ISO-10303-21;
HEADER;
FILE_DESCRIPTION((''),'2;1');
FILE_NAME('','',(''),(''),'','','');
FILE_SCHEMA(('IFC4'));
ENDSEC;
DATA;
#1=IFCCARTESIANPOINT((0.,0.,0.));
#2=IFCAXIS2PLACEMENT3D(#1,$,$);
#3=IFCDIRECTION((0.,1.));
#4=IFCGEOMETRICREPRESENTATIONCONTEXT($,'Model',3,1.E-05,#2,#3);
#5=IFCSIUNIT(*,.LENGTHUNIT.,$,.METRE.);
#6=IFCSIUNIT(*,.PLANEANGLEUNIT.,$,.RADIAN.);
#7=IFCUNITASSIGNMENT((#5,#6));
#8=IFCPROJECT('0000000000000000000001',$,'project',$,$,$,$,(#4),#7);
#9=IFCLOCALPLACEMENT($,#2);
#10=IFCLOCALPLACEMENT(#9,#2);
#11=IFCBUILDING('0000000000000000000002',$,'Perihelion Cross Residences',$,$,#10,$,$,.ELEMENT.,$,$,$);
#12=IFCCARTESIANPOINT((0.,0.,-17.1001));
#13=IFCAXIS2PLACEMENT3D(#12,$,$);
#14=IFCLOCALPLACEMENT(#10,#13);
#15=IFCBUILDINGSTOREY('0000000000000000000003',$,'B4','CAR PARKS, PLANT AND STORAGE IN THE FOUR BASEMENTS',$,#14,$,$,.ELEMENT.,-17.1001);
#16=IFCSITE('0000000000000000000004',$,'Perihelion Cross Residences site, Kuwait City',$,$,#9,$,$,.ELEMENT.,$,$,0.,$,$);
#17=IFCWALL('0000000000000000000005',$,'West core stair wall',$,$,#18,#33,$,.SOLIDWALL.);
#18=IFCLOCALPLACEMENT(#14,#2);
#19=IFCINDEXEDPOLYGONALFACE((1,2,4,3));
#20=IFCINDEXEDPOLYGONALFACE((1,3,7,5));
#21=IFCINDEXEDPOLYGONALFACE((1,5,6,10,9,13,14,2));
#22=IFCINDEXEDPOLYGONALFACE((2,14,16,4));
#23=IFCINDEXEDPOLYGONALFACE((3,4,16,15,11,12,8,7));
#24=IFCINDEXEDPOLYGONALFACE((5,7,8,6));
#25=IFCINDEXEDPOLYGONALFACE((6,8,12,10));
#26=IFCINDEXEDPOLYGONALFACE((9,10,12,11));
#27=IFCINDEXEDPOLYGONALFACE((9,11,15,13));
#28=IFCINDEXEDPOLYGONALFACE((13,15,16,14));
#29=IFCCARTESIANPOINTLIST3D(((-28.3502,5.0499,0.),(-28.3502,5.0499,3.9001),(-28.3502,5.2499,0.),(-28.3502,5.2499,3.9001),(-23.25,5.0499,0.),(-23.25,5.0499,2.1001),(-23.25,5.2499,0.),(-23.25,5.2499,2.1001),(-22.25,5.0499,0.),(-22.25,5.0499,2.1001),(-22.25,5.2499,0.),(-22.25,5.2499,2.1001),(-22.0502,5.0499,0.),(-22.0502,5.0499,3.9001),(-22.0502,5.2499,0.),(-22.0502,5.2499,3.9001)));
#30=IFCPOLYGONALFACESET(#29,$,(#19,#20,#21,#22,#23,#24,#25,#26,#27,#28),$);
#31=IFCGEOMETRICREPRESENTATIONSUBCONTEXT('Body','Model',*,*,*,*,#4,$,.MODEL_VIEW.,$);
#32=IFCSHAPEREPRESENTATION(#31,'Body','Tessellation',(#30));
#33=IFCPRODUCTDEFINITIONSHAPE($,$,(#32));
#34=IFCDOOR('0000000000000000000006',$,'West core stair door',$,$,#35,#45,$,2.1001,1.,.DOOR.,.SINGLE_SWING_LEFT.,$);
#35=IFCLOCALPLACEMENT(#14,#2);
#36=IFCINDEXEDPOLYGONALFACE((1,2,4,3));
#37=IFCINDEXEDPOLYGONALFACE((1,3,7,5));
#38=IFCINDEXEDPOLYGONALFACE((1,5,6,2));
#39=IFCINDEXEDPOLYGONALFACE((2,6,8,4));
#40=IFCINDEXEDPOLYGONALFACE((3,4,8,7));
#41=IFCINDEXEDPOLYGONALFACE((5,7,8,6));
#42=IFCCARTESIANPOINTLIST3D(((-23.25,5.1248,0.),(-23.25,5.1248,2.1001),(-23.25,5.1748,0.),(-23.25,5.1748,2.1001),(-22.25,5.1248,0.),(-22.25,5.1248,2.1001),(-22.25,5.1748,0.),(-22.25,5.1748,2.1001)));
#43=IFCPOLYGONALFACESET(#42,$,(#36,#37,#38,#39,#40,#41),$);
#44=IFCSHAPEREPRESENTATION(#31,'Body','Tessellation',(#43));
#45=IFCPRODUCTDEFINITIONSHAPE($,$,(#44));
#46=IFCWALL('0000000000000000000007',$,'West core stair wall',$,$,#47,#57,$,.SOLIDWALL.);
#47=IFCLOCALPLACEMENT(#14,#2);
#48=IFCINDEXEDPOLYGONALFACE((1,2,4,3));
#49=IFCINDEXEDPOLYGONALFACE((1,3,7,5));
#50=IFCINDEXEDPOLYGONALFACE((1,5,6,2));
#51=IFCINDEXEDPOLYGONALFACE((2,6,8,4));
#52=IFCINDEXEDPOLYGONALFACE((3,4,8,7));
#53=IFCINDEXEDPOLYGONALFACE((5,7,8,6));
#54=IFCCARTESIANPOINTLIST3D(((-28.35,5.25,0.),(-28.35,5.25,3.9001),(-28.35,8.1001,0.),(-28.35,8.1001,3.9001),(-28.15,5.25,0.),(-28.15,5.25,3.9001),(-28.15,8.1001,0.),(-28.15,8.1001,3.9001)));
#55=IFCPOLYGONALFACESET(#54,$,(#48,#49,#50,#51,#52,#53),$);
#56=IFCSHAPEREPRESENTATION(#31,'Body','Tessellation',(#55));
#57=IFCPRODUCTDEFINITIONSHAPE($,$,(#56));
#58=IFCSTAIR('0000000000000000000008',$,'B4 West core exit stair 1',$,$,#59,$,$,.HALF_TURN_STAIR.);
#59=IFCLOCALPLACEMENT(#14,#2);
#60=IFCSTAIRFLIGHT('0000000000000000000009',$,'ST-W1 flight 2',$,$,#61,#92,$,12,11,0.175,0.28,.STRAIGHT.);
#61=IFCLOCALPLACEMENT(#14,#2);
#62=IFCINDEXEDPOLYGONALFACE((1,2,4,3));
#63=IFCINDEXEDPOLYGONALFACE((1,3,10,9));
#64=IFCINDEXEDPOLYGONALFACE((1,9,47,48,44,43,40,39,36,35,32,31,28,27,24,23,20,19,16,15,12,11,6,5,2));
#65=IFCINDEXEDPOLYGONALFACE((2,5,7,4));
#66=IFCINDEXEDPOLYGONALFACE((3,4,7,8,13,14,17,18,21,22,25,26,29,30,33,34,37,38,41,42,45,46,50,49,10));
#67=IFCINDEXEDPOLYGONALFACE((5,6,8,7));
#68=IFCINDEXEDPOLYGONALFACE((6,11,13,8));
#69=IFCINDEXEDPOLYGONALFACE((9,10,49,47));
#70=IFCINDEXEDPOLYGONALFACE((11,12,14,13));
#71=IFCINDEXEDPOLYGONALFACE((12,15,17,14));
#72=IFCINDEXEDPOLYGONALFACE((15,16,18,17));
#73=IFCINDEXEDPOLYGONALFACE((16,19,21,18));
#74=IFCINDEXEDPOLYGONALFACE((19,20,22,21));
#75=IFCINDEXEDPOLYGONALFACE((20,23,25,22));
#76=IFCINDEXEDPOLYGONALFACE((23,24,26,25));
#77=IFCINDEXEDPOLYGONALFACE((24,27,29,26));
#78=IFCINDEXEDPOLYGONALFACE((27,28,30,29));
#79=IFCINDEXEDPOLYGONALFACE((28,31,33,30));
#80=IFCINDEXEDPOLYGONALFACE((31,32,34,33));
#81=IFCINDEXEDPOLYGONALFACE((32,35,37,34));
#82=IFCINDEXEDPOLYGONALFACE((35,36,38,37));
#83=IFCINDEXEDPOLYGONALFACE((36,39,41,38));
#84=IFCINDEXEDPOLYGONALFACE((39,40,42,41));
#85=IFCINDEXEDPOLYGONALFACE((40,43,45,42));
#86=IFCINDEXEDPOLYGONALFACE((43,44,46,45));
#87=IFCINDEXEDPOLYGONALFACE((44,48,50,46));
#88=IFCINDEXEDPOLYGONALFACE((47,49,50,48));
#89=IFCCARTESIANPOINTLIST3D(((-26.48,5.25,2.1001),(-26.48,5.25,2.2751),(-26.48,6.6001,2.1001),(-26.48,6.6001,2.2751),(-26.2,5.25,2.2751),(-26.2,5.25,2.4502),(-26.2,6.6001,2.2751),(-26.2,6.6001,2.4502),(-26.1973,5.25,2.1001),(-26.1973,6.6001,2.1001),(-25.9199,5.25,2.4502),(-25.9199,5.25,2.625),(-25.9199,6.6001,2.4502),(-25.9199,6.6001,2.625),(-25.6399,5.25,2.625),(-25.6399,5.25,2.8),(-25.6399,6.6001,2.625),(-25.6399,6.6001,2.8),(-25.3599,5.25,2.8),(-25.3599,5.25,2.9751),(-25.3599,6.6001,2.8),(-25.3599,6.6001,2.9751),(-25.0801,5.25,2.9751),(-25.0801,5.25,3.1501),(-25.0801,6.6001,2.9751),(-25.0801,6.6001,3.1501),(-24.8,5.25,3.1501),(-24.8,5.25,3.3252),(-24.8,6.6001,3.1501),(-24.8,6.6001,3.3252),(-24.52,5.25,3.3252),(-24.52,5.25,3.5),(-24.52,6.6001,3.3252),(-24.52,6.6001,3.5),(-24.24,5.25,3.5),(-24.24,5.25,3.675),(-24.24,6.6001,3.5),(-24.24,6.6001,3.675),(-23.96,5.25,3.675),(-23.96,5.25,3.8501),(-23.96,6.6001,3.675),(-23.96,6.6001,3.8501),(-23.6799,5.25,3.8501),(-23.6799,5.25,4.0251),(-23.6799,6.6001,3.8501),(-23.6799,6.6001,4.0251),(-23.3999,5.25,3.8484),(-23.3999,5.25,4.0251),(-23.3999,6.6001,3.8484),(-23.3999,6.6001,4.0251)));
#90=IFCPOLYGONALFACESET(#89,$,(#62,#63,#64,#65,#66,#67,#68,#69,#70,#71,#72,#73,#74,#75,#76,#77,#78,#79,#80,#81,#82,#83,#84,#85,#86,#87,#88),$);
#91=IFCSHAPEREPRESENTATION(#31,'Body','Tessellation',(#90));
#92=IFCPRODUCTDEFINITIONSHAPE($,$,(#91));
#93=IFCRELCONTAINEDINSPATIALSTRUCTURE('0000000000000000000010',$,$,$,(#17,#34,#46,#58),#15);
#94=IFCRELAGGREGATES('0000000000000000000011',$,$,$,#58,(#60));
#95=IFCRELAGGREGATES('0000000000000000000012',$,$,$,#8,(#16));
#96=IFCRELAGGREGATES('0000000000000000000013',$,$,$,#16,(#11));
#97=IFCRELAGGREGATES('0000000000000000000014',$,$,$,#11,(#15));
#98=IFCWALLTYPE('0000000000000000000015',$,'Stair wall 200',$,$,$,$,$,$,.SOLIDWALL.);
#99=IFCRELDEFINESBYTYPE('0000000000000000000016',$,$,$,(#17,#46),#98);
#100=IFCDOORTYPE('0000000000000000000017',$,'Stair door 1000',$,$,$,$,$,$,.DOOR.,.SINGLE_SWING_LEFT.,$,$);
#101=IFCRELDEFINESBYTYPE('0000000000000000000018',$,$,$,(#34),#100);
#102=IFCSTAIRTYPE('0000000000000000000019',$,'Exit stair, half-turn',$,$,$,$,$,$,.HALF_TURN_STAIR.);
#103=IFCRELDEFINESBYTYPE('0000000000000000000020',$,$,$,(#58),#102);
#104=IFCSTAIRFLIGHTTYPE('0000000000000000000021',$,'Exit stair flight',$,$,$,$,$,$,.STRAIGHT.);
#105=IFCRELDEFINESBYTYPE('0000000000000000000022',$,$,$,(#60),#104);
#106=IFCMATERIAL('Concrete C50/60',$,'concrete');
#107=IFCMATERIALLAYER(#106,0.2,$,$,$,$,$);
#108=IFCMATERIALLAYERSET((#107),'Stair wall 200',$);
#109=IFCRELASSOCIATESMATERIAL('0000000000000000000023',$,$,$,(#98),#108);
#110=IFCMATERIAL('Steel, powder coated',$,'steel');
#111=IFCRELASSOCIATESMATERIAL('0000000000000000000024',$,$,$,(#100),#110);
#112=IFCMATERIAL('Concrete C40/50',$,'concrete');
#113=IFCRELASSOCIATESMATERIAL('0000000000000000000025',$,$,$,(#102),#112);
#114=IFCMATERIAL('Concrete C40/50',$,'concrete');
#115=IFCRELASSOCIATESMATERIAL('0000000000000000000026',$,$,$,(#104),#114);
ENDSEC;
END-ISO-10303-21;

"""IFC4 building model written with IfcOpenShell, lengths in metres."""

from ifc_helpers import new_model, si_unit, direction, frame, frame_2d, origin, place, context, subcontext, project, spatial, polyline, rectangle, outline, extrude, material, layer, layer_set, type_object, element, fill, aggregate, save


model = new_model("IFC4")

# Units and contexts
model_context = context("Model", 3, precision=1e-05, world=origin(), true_north=direction((0.0, 1.0)))
body_context = subcontext(model_context, "Body", "Model", "MODEL_VIEW")
ifc_project = project(units=[si_unit("LENGTHUNIT", "METRE"), si_unit("PLANEANGLEUNIT", "RADIAN")], contexts=[model_context])

# Site, building, storey
site_placement = place(None, origin())
site = spatial("IfcSite", under=ifc_project, at=site_placement, Name="Perihelion Cross Residences site, Kuwait City", CompositionType="ELEMENT", RefElevation=0.0)
building_placement = place(site_placement, origin())
building = spatial("IfcBuilding", under=site, at=building_placement, Name="Perihelion Cross Residences", CompositionType="ELEMENT")
storey_placement = place(building_placement, frame((0.0, 0.0, -17.1001)))
storey = spatial("IfcBuildingStorey", under=building, at=storey_placement, Name="B4", Description="CAR PARKS, PLANT AND STORAGE IN THE FOUR BASEMENTS", CompositionType="ELEMENT", Elevation=-17.1001)

# Wall, opening, door
ifc_material_1 = material(Name="Concrete C50/60", Category="concrete")
ifc_layer_1 = layer(ifc_material_1, 0.2)
ifc_layer_set_1 = layer_set([ifc_layer_1], Name="Stair wall 200")
wall_type_1 = type_object("IfcWallType", Name="Stair wall 200", PredefinedType="SOLIDWALL", material=ifc_layer_set_1)
wall_1_placement = place(storey_placement, frame((-28.3501, 5.1499, 0.0), z_axis=(0.0, 0.0, 1.0), x_axis=(1.0, 0.0, 0.0)))
wall_1 = element("IfcWall", 1, at=wall_1_placement, inside=storey, type_object=wall_type_1, Name="West core stair wall", PredefinedType="SOLIDWALL", context=body_context, shape_type="SweptSolid", body=[
    extrude(rectangle(XDim=6.3, YDim=0.2, at=frame_2d((3.1499, 0.0))), origin(), (0.0, 0.0, 1.0), 3.9001),
])
opening_1_placement = place(wall_1_placement, frame((5.1001, 0.0, 0.0)))
opening_1 = element("IfcOpeningElement", 2, at=opening_1_placement, cuts=wall_1, PredefinedType="OPENING", context=body_context, shape_type="SweptSolid", body=[
    extrude(rectangle(XDim=1.0, YDim=2.1001, at=frame_2d((0.5, 1.05))), frame((0.0, 0.1099, 0.0), z_axis=(0.0, -1.0, 0.0), x_axis=(1.0, 0.0, 0.0)), (0.0, 0.0, 1.0), 0.22),
])
ifc_material_2 = material(Name="Steel, powder coated", Category="steel")
door_type_1 = type_object("IfcDoorType", Name="Stair door 1000", OperationType="SINGLE_SWING_LEFT", PredefinedType="DOOR", material=ifc_material_2)
door_1_placement = place(opening_1_placement, origin())
door_1 = element("IfcDoor", 3, at=door_1_placement, inside=storey, type_object=door_type_1, Name="West core stair door", OperationType="SINGLE_SWING_LEFT", OverallHeight=2.1001, OverallWidth=1.0, PredefinedType="DOOR", context=body_context, shape_type="SweptSolid", body=[
    extrude(rectangle(XDim=1.0, YDim=2.1001, at=frame_2d((0.5, 1.05))), frame((0.0, 0.0249, 0.0), z_axis=(0.0, -1.0, 0.0), x_axis=(1.0, 0.0, 0.0)), (0.0, 0.0, 1.0), 0.05),
])
fill(opening_1, door_1)

# Wall
wall_2_placement = place(storey_placement, frame((-28.25, 5.25, 0.0), z_axis=(0.0, 0.0, 1.0), x_axis=(0.0, 1.0, 0.0)))
element("IfcWall", 4, at=wall_2_placement, inside=storey, type_object=wall_type_1, Name="West core stair wall", PredefinedType="SOLIDWALL", context=body_context, shape_type="SweptSolid", body=[
    extrude(rectangle(XDim=2.8501, YDim=0.2, at=frame_2d((1.425, 0.0))), origin(), (0.0, 0.0, 1.0), 3.9001),
])

# Stair, stair flight
ifc_material_3 = material(Name="Concrete C40/50", Category="concrete")
stair_type = type_object("IfcStairType", Name="Exit stair, half-turn", PredefinedType="HALF_TURN_STAIR", material=ifc_material_3)
stair_placement = place(storey_placement, origin())
stair = element("IfcStair", 5, at=stair_placement, inside=storey, type_object=stair_type, Name="B4 West core exit stair 1", PredefinedType="HALF_TURN_STAIR")
ifc_material_4 = material(Name="Concrete C40/50", Category="concrete")
stair_flight_type = type_object("IfcStairFlightType", Name="Exit stair flight", PredefinedType="STRAIGHT", material=ifc_material_4)
stair_flight_placement = place(storey_placement, frame((-26.48, 5.925, 2.1001), z_axis=(0.0, 0.0, 1.0), x_axis=(1.0, 0.0, 0.0)))
stair_flight = element("IfcStairFlight", 6, at=stair_flight_placement, type_object=stair_flight_type, Name="ST-W1 flight 2", NumberOfRisers=12, NumberOfTreads=11, PredefinedType="STRAIGHT", RiserHeight=0.175, TreadLength=0.28, context=body_context, shape_type="SweptSolid", body=[
    extrude(outline(polyline([(0.0, 0.0), (0.0, 0.175), (0.28, 0.175), (0.28, 0.3501), (0.5601, 0.3501), (0.5601, 0.5249), (0.8401, 0.5249), (0.8401, 0.7), (1.1201, 0.7), (1.1201, 0.875), (1.3999, 0.875), (1.3999, 1.05), (1.6799, 1.05), (1.6799, 1.2251), (1.96, 1.2251), (1.96, 1.3999), (2.24, 1.3999), (2.24, 1.575), (2.52, 1.575), (2.52, 1.75), (2.8, 1.75), (2.8, 1.925), (3.0801, 1.925), (3.0801, 2.1001), (3.0801, 1.7483), (0.2827, 0.0), (0.0, 0.0)])), frame((0.0, 0.675, 0.0), z_axis=(0.0, -1.0, 0.0), x_axis=(1.0, 0.0, 0.0)), (0.0, 0.0, 1.0), 1.3501),
])
aggregate(stair, [stair_flight])

save(model, "model.ifc")
